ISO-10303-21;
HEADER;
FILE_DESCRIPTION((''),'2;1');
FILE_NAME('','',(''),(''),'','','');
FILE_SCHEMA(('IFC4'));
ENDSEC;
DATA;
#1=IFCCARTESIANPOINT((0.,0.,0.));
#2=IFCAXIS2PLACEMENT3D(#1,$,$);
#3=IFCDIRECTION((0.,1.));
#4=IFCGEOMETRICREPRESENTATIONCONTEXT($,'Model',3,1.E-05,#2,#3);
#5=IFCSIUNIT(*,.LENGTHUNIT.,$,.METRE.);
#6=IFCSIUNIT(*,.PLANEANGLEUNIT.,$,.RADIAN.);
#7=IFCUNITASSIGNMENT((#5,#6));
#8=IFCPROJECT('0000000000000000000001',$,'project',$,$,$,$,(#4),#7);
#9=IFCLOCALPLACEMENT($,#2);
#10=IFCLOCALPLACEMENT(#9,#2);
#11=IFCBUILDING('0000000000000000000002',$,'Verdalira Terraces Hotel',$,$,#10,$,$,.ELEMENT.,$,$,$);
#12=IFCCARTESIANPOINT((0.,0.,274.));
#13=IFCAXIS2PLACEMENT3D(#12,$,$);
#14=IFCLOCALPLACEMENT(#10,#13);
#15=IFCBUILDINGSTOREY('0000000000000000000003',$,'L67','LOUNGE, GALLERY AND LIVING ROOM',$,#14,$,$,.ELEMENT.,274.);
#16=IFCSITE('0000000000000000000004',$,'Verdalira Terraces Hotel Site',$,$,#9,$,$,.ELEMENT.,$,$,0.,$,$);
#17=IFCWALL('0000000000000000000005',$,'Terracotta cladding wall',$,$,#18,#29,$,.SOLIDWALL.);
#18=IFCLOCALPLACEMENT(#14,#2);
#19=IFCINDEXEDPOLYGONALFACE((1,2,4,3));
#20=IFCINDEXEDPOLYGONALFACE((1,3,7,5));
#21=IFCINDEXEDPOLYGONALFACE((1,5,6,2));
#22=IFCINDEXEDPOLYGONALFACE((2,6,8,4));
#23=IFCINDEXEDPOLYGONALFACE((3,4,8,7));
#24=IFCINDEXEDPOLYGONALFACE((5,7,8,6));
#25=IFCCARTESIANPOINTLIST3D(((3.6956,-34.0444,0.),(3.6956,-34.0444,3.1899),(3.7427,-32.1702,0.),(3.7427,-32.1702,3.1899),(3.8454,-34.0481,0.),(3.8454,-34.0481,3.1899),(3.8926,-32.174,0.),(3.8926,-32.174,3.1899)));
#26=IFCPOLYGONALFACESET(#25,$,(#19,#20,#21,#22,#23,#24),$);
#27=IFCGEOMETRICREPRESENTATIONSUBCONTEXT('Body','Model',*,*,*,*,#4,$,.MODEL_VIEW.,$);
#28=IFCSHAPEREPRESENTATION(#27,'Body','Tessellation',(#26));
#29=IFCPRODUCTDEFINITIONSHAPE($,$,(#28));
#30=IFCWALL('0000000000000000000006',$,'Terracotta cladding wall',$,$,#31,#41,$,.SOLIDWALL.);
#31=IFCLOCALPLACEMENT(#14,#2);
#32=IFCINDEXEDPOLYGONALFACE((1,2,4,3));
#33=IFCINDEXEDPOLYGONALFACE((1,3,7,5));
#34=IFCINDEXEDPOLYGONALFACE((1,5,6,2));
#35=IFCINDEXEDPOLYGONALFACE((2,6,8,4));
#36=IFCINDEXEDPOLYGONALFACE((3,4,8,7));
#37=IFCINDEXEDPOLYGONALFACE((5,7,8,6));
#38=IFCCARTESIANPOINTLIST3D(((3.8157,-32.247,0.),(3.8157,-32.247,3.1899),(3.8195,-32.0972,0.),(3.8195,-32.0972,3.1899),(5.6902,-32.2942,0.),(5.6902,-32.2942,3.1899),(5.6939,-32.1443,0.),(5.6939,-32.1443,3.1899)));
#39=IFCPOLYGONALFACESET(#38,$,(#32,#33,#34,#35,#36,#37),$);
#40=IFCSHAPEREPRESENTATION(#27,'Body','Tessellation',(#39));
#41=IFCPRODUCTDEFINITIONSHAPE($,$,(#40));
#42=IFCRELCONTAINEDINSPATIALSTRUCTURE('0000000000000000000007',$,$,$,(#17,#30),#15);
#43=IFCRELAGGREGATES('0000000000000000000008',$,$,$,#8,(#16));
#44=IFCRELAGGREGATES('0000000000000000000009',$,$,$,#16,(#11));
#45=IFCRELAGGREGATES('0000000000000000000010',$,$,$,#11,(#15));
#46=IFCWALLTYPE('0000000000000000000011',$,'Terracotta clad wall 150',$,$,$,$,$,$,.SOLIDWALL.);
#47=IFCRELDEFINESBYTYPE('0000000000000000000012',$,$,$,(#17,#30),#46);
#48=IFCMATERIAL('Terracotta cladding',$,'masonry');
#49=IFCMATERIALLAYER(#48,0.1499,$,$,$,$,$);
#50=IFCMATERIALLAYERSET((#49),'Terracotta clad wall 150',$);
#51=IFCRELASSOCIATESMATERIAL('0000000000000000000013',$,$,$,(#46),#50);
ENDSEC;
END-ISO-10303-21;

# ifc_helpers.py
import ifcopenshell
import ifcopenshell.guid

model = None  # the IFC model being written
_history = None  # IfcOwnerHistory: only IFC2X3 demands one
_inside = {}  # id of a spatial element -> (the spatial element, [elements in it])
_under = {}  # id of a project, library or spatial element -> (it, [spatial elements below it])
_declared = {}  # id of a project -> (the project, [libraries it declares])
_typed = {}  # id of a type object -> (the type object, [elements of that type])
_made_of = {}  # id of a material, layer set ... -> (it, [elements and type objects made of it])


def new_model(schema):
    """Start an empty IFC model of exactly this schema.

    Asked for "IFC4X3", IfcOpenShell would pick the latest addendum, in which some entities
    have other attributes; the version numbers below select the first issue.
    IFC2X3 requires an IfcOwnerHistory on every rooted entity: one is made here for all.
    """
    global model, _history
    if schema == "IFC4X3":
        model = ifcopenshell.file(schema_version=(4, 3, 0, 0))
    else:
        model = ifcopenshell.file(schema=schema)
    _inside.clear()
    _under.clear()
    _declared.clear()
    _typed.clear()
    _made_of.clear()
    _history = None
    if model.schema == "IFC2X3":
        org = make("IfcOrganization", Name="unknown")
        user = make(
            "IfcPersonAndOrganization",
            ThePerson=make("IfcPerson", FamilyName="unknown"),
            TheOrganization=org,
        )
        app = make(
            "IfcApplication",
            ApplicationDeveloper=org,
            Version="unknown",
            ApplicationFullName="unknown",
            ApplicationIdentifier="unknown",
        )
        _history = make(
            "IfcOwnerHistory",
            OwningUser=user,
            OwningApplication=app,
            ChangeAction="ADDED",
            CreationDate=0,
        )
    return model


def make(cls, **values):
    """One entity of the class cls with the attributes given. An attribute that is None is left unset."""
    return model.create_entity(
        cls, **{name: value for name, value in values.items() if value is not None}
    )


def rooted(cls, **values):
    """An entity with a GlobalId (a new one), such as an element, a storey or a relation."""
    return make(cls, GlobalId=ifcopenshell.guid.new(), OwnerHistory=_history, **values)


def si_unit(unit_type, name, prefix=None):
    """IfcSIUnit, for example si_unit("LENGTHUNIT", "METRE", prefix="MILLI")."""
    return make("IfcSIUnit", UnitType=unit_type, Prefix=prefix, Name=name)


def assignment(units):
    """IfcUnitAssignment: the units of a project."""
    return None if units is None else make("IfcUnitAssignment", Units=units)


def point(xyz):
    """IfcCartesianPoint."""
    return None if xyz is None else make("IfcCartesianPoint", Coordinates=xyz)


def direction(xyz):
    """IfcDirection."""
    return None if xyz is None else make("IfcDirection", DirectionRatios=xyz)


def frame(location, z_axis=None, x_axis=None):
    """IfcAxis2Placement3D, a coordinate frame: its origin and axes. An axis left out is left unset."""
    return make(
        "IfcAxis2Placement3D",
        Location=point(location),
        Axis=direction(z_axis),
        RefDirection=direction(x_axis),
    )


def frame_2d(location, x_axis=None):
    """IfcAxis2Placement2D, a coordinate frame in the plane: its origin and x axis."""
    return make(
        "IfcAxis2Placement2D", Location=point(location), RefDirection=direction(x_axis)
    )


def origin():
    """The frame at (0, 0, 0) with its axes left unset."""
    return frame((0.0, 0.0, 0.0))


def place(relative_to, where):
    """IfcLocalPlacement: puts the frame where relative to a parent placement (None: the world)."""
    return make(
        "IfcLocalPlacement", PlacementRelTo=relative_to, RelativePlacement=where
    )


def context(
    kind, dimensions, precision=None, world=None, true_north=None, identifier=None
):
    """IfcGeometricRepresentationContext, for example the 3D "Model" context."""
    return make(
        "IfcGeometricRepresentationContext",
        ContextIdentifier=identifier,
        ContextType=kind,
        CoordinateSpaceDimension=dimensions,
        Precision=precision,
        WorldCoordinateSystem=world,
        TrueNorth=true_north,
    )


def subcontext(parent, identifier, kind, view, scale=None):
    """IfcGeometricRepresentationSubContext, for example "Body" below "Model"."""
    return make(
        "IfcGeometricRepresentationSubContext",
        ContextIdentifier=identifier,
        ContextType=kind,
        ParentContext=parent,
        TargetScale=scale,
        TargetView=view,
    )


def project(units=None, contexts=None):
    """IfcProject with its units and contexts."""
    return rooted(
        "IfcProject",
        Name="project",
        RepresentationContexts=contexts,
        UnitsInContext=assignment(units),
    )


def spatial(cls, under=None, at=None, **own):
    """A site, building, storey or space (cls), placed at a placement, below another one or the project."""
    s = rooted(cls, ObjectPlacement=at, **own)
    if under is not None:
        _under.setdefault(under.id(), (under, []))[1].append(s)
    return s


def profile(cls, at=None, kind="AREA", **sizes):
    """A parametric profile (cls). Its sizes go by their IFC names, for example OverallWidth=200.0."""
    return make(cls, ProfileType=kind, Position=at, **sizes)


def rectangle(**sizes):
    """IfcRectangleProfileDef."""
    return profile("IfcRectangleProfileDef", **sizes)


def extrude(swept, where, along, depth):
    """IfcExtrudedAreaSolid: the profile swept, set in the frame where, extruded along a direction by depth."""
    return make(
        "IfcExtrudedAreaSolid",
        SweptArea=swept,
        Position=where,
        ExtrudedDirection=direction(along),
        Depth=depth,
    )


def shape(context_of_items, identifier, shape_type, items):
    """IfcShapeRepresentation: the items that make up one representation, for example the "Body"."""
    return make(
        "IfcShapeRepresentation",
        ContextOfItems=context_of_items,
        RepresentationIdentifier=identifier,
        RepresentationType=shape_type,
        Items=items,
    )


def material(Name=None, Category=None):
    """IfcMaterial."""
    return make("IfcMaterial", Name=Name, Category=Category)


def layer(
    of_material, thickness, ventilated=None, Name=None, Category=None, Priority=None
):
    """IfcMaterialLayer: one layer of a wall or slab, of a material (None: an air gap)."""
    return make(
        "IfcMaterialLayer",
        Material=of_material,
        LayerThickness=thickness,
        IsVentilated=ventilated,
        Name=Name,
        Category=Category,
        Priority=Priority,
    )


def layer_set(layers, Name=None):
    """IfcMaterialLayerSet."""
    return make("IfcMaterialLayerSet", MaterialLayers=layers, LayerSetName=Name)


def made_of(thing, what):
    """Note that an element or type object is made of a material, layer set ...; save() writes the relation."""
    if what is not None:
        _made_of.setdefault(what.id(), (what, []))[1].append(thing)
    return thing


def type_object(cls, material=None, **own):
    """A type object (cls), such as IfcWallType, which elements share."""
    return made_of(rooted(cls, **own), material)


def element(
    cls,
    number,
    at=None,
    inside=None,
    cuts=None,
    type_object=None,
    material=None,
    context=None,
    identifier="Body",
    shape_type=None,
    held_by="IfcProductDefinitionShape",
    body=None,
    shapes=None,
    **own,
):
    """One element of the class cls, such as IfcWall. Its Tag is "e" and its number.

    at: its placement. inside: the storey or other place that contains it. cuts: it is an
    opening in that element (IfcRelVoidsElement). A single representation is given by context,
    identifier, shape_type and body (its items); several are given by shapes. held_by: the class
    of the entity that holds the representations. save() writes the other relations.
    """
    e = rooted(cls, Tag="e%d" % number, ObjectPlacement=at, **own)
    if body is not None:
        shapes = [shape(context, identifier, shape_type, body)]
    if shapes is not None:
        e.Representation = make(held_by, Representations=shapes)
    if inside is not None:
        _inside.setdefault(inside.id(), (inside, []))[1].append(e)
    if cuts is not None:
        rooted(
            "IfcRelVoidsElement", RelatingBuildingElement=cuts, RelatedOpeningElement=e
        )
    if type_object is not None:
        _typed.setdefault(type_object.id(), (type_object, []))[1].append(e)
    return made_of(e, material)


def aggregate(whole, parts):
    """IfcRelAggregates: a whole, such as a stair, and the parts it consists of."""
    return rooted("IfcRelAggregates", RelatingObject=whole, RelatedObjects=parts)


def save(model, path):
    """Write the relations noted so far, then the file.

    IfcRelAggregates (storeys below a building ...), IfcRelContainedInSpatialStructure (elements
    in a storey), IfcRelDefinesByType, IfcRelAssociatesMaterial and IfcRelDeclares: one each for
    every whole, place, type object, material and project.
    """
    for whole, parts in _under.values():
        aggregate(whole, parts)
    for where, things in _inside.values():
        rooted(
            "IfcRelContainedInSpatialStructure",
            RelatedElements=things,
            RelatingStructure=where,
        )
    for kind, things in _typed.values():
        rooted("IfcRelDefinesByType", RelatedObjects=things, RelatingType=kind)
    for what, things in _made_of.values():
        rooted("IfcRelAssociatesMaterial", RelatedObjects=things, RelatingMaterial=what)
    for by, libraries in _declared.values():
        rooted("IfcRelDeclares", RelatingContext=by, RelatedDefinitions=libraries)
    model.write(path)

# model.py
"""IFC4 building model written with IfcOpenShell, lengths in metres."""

from ifc_helpers import new_model, si_unit, direction, frame, frame_2d, origin, place, context, subcontext, project, spatial, rectangle, extrude, material, layer, layer_set, type_object, element, save


model = new_model("IFC4")

# Units and contexts
model_context = context("Model", 3, precision=1e-05, world=origin(), true_north=direction((0.0, 1.0)))
body_context = subcontext(model_context, "Body", "Model", "MODEL_VIEW")
ifc_project = project(units=[si_unit("LENGTHUNIT", "METRE"), si_unit("PLANEANGLEUNIT", "RADIAN")], contexts=[model_context])

# Site, building, storey
site_placement = place(None, origin())
site = spatial("IfcSite", under=ifc_project, at=site_placement, Name="Verdalira Terraces Hotel Site", CompositionType="ELEMENT", RefElevation=0.0)
building_placement = place(site_placement, origin())
building = spatial("IfcBuilding", under=site, at=building_placement, Name="Verdalira Terraces Hotel", CompositionType="ELEMENT")
storey_placement = place(building_placement, frame((0.0, 0.0, 274.0)))
storey = spatial("IfcBuildingStorey", under=building, at=storey_placement, Name="L67", Description="LOUNGE, GALLERY AND LIVING ROOM", CompositionType="ELEMENT", Elevation=274.0)

# Walls
ifc_material_1 = material(Name="Terracotta cladding", Category="masonry")
ifc_layer_1 = layer(ifc_material_1, 0.1499)
ifc_layer_set_1 = layer_set([ifc_layer_1], Name="Terracotta clad wall 150")
wall_type_1 = type_object("IfcWallType", Name="Terracotta clad wall 150", PredefinedType="SOLIDWALL", material=ifc_layer_set_1)
wall_1_placement = place(storey_placement, frame((3.7705, -34.0464, 0.0), z_axis=(0.0, 0.0, 1.0), x_axis=(0.025132, 0.999684, 0.0)))
element("IfcWall", 1, at=wall_1_placement, inside=storey, type_object=wall_type_1, Name="Terracotta cladding wall", PredefinedType="SOLIDWALL", context=body_context, shape_type="SweptSolid", body=[
    extrude(rectangle(XDim=1.8748, YDim=0.1499, at=frame_2d((0.9375, 0.0))), origin(), (0.0, 0.0, 1.0), 3.1899),
])
wall_2_placement = place(storey_placement, frame((3.8176, -32.1721, 0.0), z_axis=(0.0, 0.0, 1.0), x_axis=(0.999684, -0.025129, 0.0)))
element("IfcWall", 2, at=wall_2_placement, inside=storey, type_object=wall_type_1, Name="Terracotta cladding wall", PredefinedType="SOLIDWALL", context=body_context, shape_type="SweptSolid", body=[
    extrude(rectangle(XDim=1.875, YDim=0.1499, at=frame_2d((0.9375, 0.0))), origin(), (0.0, 0.0, 1.0), 3.1899),
])

save(model, "model.ifc")
